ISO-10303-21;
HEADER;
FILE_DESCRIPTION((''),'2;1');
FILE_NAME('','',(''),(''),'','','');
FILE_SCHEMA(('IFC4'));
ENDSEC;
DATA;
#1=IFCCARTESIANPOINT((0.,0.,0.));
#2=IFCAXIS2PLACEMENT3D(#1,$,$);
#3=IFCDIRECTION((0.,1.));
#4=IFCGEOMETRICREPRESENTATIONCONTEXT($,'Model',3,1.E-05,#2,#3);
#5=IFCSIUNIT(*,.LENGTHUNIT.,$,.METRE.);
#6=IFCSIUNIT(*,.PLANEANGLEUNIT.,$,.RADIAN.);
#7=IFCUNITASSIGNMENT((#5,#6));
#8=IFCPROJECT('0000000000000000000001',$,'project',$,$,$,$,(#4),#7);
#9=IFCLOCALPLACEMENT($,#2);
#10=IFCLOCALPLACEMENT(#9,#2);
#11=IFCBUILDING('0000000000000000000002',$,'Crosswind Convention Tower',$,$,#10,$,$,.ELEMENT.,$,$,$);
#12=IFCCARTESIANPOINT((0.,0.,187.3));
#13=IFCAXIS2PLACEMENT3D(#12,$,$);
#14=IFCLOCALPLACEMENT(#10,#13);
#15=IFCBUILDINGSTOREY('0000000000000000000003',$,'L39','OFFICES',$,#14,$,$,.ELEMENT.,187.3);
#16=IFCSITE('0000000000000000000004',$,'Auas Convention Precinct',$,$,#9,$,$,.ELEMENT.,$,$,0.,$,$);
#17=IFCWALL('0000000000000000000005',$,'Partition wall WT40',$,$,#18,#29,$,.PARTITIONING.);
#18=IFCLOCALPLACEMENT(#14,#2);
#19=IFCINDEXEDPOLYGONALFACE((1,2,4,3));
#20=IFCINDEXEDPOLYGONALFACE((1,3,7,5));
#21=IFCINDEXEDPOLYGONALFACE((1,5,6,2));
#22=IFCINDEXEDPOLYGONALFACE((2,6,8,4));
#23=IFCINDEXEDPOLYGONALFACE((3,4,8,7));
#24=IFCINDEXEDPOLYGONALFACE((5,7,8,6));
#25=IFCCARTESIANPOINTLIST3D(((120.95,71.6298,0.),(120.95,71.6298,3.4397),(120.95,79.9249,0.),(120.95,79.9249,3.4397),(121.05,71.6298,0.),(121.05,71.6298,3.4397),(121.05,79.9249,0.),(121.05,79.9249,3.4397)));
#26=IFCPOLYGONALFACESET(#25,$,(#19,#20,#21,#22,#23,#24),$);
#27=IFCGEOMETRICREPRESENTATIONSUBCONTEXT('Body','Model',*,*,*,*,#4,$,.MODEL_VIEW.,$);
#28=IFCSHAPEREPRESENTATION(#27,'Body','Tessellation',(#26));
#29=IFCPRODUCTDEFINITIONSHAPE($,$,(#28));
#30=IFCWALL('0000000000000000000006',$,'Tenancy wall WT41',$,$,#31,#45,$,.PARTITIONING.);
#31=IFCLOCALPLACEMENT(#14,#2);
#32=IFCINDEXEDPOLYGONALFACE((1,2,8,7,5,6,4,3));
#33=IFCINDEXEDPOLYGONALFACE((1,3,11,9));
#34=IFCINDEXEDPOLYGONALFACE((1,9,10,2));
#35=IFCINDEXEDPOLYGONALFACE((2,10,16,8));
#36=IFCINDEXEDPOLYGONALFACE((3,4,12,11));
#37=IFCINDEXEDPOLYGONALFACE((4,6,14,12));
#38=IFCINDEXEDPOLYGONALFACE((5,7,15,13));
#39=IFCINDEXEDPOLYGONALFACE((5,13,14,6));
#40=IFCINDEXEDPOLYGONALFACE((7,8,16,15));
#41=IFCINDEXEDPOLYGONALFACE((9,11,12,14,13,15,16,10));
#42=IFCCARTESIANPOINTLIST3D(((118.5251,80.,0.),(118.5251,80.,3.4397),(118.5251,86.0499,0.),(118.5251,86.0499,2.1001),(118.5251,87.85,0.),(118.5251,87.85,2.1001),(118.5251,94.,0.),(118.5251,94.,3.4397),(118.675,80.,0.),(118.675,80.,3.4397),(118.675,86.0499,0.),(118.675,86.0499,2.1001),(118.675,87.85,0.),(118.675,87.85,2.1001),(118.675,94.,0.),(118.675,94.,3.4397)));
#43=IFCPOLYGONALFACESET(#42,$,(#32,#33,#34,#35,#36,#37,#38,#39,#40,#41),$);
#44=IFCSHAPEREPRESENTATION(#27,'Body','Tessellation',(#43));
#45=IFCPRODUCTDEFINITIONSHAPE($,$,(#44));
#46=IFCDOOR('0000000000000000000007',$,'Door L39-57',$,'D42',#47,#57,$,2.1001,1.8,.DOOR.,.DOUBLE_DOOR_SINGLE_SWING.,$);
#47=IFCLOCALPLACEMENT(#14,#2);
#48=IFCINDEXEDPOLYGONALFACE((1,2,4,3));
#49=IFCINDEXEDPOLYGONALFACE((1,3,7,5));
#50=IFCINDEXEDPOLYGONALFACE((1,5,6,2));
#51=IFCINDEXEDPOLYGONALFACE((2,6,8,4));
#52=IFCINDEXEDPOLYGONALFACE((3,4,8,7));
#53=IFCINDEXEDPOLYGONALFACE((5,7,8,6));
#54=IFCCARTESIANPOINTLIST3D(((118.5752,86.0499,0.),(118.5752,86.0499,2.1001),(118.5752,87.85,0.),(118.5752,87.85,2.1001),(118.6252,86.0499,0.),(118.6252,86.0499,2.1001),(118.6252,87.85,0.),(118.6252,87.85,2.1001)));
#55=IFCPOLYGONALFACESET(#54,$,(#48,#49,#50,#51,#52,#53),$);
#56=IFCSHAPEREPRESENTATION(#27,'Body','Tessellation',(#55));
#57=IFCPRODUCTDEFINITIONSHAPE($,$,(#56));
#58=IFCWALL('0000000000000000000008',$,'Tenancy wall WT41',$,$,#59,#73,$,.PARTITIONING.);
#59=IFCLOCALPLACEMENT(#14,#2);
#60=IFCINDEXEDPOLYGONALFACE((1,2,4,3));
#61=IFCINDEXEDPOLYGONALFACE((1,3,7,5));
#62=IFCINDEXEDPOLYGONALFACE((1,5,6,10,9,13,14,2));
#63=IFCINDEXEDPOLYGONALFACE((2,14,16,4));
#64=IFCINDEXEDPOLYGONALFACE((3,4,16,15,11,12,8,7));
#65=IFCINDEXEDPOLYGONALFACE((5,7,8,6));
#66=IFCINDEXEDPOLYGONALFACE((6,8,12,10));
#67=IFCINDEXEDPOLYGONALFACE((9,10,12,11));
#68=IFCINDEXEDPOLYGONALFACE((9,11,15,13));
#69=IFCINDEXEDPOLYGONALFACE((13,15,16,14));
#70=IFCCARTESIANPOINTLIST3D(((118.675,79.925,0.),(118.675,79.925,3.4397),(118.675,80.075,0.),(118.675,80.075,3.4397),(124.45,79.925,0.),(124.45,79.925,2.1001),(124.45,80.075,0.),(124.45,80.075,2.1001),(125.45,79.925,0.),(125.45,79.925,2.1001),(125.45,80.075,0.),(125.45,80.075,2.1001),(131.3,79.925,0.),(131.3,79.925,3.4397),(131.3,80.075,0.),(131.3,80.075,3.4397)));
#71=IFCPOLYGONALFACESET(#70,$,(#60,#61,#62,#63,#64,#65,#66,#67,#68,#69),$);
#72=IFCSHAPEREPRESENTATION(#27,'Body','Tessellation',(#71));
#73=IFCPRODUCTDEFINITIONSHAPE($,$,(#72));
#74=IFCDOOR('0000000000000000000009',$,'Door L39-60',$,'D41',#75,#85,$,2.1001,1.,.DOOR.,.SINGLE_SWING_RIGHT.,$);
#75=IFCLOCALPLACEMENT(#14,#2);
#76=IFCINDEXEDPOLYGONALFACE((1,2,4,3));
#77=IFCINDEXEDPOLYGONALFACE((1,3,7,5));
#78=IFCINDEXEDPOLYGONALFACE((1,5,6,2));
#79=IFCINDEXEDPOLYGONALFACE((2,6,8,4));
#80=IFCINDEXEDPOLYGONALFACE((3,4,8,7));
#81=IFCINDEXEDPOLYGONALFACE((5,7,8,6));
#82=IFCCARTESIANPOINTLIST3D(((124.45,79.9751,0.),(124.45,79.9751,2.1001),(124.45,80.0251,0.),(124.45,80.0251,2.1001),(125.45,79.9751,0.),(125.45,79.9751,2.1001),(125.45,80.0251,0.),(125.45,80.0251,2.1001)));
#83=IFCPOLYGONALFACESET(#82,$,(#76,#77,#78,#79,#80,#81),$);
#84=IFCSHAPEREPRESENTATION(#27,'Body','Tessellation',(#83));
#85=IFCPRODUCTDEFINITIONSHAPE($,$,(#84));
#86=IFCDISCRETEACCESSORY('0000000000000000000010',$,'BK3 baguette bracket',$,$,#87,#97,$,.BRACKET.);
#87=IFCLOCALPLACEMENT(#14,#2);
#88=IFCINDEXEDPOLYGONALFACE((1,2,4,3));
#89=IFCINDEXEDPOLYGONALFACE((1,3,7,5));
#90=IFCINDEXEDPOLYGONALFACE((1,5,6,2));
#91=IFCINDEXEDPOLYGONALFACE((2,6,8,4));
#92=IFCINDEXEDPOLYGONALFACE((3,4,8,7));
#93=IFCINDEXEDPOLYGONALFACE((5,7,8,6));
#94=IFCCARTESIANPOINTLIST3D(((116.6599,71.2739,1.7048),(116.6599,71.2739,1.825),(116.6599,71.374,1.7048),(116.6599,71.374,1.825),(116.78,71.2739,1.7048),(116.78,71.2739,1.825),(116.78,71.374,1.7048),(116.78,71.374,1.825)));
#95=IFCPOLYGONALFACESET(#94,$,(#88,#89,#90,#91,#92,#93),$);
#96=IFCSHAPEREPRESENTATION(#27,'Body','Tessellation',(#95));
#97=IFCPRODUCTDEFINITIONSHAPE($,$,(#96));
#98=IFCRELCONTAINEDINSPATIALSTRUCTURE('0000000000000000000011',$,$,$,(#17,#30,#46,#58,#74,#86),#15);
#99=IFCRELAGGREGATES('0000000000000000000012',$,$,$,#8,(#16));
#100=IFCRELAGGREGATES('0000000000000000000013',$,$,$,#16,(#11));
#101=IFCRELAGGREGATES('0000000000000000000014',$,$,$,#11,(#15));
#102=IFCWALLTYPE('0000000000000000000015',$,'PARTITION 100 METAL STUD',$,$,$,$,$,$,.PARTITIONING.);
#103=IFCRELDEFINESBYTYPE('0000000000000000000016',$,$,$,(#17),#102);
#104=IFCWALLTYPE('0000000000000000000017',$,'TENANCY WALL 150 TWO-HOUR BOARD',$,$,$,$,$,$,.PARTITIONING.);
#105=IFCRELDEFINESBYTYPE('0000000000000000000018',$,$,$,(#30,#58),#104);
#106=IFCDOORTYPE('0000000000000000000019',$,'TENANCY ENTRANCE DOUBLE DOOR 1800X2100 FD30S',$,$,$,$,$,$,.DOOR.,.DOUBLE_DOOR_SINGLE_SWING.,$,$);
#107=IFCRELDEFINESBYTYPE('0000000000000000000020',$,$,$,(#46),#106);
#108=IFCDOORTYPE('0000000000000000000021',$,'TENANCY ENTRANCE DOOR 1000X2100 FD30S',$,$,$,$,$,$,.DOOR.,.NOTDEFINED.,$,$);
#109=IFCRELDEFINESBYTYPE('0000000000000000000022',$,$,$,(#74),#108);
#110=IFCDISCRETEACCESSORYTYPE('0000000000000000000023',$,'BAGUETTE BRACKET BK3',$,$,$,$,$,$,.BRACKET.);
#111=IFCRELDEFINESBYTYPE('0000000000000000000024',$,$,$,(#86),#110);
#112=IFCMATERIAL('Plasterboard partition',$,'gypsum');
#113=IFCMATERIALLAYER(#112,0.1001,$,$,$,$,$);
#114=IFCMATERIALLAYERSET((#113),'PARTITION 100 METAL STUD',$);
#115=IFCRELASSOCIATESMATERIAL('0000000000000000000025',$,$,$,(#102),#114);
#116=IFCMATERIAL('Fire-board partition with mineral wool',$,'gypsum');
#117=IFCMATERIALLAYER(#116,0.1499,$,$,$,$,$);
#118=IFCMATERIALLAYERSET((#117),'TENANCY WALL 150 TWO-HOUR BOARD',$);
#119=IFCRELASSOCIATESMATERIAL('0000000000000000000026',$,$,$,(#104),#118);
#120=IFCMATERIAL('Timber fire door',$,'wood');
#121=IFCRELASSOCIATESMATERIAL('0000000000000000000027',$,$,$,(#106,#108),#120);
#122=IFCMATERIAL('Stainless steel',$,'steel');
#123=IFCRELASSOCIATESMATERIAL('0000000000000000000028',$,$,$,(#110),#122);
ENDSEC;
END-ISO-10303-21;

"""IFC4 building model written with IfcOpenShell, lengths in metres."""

from ifc_helpers import new_model, si_unit, direction, frame, frame_2d, origin, origin_2d, place, context, subcontext, project, spatial, rectangle, extrude, material, layer, layer_set, type_object, element, fill, save


model = new_model("IFC4")

# Units and contexts
model_context = context("Model", 3, precision=1e-05, world=origin(), true_north=direction((0.0, 1.0)))
body_context = subcontext(model_context, "Body", "Model", "MODEL_VIEW")
ifc_project = project(units=[si_unit("LENGTHUNIT", "METRE"), si_unit("PLANEANGLEUNIT", "RADIAN")], contexts=[model_context])

# Site, building, storey
site_placement = place(None, origin())
site = spatial("IfcSite", under=ifc_project, at=site_placement, Name="Auas Convention Precinct", CompositionType="ELEMENT", RefElevation=0.0)
building_placement = place(site_placement, origin())
building = spatial("IfcBuilding", under=site, at=building_placement, Name="Crosswind Convention Tower", CompositionType="ELEMENT")
storey_placement = place(building_placement, frame((0.0, 0.0, 187.3)))
storey = spatial("IfcBuildingStorey", under=building, at=storey_placement, Name="L39", Description="OFFICES", CompositionType="ELEMENT", Elevation=187.3)

# Wall
ifc_material_1 = material(Name="Plasterboard partition", Category="gypsum")
ifc_layer_1 = layer(ifc_material_1, 0.1001)
ifc_layer_set_1 = layer_set([ifc_layer_1], Name="PARTITION 100 METAL STUD")
wall_type_1 = type_object("IfcWallType", Name="PARTITION 100 METAL STUD", PredefinedType="PARTITIONING", material=ifc_layer_set_1)
wall_1_placement = place(storey_placement, frame((121.0, 71.6299, 0.0), z_axis=(0.0, 0.0, 1.0), x_axis=(0.0, 1.0, 0.0)))
element("IfcWall", 1, at=wall_1_placement, inside=storey, type_object=wall_type_1, Name="Partition wall WT40", PredefinedType="PARTITIONING", context=body_context, shape_type="SweptSolid", body=[
    extrude(rectangle(XDim=8.2952, YDim=0.1001, at=frame_2d((4.1475, 0.0))), origin(), (0.0, 0.0, 1.0), 3.4397),
])

# Walls, openings, doors
ifc_material_2 = material(Name="Fire-board partition with mineral wool", Category="gypsum")
ifc_layer_2 = layer(ifc_material_2, 0.1499)
ifc_layer_set_2 = layer_set([ifc_layer_2], Name="TENANCY WALL 150 TWO-HOUR BOARD")
wall_type_2 = type_object("IfcWallType", Name="TENANCY WALL 150 TWO-HOUR BOARD", PredefinedType="PARTITIONING", material=ifc_layer_set_2)
wall_2_placement = place(storey_placement, frame((118.6001, 80.0, 0.0), z_axis=(0.0, 0.0, 1.0), x_axis=(0.0, 1.0, 0.0)))
wall_2 = element("IfcWall", 2, at=wall_2_placement, inside=storey, type_object=wall_type_2, Name="Tenancy wall WT41", PredefinedType="PARTITIONING", context=body_context, shape_type="SweptSolid", body=[
    extrude(rectangle(XDim=14.0, YDim=0.1499, at=frame_2d((7.0, 0.0))), origin(), (0.0, 0.0, 1.0), 3.4397),
])
opening_1_placement = place(wall_2_placement, frame((6.05, 0.0, 0.0)))
opening_1 = element("IfcOpeningElement", 3, at=opening_1_placement, cuts=wall_2, PredefinedType="OPENING", context=body_context, shape_type="SweptSolid", body=[
    extrude(rectangle(XDim=1.8, YDim=2.1001, at=frame_2d((0.8999, 1.05))), frame((0.0, 0.085, 0.0), z_axis=(0.0, -1.0, 0.0), x_axis=(1.0, 0.0, 0.0)), (0.0, 0.0, 1.0), 0.1699),
])
ifc_material_3 = material(Name="Timber fire door", Category="wood")
door_type_1 = type_object("IfcDoorType", Name="TENANCY ENTRANCE DOUBLE DOOR 1800X2100 FD30S", OperationType="DOUBLE_DOOR_SINGLE_SWING", PredefinedType="DOOR", material=ifc_material_3)
door_1_placement = place(opening_1_placement, origin())
door_1 = element("IfcDoor", 4, at=door_1_placement, inside=storey, type_object=door_type_1, Name="Door L39-57", ObjectType="D42", OperationType="DOUBLE_DOOR_SINGLE_SWING", OverallHeight=2.1001, OverallWidth=1.8, PredefinedType="DOOR", context=body_context, shape_type="SweptSolid", body=[
    extrude(rectangle(XDim=1.8, YDim=2.1001, at=frame_2d((0.8999, 1.05))), frame((0.0, 0.0249, 0.0), z_axis=(0.0, -1.0, 0.0), x_axis=(1.0, 0.0, 0.0)), (0.0, 0.0, 1.0), 0.05),
])
fill(opening_1, door_1)
wall_3_placement = place(storey_placement, frame((118.675, 80.0, 0.0), z_axis=(0.0, 0.0, 1.0), x_axis=(1.0, 0.0, 0.0)))
wall_3 = element("IfcWall", 5, at=wall_3_placement, inside=storey, type_object=wall_type_2, Name="Tenancy wall WT41", PredefinedType="PARTITIONING", context=body_context, shape_type="SweptSolid", body=[
    extrude(rectangle(XDim=12.625, YDim=0.1499, at=frame_2d((6.3125, 0.0))), origin(), (0.0, 0.0, 1.0), 3.4397),
])
opening_2_placement = place(wall_3_placement, frame((5.7749, 0.0, 0.0)))
opening_2 = element("IfcOpeningElement", 6, at=opening_2_placement, cuts=wall_3, PredefinedType="OPENING", context=body_context, shape_type="SweptSolid", body=[
    extrude(rectangle(XDim=1.0, YDim=2.1001, at=frame_2d((0.5, 1.05))), frame((0.0, 0.085, 0.0), z_axis=(0.0, -1.0, 0.0), x_axis=(1.0, 0.0, 0.0)), (0.0, 0.0, 1.0), 0.1699),
])
door_type_2 = type_object("IfcDoorType", Name="TENANCY ENTRANCE DOOR 1000X2100 FD30S", OperationType="NOTDEFINED", PredefinedType="DOOR", material=ifc_material_3)
door_2_placement = place(opening_2_placement, frame((1.0, 0.0, 0.0), z_axis=(0.0, 0.0, 1.0), x_axis=(-1.0, 0.0, 0.0)))
door_2 = element("IfcDoor", 7, at=door_2_placement, inside=storey, type_object=door_type_2, Name="Door L39-60", ObjectType="D41", OperationType="SINGLE_SWING_RIGHT", OverallHeight=2.1001, OverallWidth=1.0, PredefinedType="DOOR", context=body_context, shape_type="SweptSolid", body=[
    extrude(rectangle(XDim=1.0, YDim=2.1001, at=frame_2d((0.5, 1.05))), frame((0.0, 0.0249, 0.0), z_axis=(0.0, -1.0, 0.0), x_axis=(1.0, 0.0, 0.0)), (0.0, 0.0, 1.0), 0.05),
])
fill(opening_2, door_2)

# Discrete accessory
ifc_material_4 = material(Name="Stainless steel", Category="steel")
discrete_accessory_type = type_object("IfcDiscreteAccessoryType", Name="BAGUETTE BRACKET BK3", PredefinedType="BRACKET", material=ifc_material_4)
discrete_accessory_placement = place(storey_placement, frame((116.72, 71.324, 1.7048), z_axis=(0.0, 0.0, 1.0), x_axis=(1.0, 0.0, 0.0)))
element("IfcDiscreteAccessory", 8, at=discrete_accessory_placement, inside=storey, type_object=discrete_accessory_type, Name="BK3 baguette bracket", PredefinedType="BRACKET", context=body_context, shape_type="SweptSolid", body=[
    extrude(rectangle(XDim=0.1201, YDim=0.1001, at=origin_2d()), origin(), (0.0, 0.0, 1.0), 0.1201),
])

save(model, "model.ifc")
